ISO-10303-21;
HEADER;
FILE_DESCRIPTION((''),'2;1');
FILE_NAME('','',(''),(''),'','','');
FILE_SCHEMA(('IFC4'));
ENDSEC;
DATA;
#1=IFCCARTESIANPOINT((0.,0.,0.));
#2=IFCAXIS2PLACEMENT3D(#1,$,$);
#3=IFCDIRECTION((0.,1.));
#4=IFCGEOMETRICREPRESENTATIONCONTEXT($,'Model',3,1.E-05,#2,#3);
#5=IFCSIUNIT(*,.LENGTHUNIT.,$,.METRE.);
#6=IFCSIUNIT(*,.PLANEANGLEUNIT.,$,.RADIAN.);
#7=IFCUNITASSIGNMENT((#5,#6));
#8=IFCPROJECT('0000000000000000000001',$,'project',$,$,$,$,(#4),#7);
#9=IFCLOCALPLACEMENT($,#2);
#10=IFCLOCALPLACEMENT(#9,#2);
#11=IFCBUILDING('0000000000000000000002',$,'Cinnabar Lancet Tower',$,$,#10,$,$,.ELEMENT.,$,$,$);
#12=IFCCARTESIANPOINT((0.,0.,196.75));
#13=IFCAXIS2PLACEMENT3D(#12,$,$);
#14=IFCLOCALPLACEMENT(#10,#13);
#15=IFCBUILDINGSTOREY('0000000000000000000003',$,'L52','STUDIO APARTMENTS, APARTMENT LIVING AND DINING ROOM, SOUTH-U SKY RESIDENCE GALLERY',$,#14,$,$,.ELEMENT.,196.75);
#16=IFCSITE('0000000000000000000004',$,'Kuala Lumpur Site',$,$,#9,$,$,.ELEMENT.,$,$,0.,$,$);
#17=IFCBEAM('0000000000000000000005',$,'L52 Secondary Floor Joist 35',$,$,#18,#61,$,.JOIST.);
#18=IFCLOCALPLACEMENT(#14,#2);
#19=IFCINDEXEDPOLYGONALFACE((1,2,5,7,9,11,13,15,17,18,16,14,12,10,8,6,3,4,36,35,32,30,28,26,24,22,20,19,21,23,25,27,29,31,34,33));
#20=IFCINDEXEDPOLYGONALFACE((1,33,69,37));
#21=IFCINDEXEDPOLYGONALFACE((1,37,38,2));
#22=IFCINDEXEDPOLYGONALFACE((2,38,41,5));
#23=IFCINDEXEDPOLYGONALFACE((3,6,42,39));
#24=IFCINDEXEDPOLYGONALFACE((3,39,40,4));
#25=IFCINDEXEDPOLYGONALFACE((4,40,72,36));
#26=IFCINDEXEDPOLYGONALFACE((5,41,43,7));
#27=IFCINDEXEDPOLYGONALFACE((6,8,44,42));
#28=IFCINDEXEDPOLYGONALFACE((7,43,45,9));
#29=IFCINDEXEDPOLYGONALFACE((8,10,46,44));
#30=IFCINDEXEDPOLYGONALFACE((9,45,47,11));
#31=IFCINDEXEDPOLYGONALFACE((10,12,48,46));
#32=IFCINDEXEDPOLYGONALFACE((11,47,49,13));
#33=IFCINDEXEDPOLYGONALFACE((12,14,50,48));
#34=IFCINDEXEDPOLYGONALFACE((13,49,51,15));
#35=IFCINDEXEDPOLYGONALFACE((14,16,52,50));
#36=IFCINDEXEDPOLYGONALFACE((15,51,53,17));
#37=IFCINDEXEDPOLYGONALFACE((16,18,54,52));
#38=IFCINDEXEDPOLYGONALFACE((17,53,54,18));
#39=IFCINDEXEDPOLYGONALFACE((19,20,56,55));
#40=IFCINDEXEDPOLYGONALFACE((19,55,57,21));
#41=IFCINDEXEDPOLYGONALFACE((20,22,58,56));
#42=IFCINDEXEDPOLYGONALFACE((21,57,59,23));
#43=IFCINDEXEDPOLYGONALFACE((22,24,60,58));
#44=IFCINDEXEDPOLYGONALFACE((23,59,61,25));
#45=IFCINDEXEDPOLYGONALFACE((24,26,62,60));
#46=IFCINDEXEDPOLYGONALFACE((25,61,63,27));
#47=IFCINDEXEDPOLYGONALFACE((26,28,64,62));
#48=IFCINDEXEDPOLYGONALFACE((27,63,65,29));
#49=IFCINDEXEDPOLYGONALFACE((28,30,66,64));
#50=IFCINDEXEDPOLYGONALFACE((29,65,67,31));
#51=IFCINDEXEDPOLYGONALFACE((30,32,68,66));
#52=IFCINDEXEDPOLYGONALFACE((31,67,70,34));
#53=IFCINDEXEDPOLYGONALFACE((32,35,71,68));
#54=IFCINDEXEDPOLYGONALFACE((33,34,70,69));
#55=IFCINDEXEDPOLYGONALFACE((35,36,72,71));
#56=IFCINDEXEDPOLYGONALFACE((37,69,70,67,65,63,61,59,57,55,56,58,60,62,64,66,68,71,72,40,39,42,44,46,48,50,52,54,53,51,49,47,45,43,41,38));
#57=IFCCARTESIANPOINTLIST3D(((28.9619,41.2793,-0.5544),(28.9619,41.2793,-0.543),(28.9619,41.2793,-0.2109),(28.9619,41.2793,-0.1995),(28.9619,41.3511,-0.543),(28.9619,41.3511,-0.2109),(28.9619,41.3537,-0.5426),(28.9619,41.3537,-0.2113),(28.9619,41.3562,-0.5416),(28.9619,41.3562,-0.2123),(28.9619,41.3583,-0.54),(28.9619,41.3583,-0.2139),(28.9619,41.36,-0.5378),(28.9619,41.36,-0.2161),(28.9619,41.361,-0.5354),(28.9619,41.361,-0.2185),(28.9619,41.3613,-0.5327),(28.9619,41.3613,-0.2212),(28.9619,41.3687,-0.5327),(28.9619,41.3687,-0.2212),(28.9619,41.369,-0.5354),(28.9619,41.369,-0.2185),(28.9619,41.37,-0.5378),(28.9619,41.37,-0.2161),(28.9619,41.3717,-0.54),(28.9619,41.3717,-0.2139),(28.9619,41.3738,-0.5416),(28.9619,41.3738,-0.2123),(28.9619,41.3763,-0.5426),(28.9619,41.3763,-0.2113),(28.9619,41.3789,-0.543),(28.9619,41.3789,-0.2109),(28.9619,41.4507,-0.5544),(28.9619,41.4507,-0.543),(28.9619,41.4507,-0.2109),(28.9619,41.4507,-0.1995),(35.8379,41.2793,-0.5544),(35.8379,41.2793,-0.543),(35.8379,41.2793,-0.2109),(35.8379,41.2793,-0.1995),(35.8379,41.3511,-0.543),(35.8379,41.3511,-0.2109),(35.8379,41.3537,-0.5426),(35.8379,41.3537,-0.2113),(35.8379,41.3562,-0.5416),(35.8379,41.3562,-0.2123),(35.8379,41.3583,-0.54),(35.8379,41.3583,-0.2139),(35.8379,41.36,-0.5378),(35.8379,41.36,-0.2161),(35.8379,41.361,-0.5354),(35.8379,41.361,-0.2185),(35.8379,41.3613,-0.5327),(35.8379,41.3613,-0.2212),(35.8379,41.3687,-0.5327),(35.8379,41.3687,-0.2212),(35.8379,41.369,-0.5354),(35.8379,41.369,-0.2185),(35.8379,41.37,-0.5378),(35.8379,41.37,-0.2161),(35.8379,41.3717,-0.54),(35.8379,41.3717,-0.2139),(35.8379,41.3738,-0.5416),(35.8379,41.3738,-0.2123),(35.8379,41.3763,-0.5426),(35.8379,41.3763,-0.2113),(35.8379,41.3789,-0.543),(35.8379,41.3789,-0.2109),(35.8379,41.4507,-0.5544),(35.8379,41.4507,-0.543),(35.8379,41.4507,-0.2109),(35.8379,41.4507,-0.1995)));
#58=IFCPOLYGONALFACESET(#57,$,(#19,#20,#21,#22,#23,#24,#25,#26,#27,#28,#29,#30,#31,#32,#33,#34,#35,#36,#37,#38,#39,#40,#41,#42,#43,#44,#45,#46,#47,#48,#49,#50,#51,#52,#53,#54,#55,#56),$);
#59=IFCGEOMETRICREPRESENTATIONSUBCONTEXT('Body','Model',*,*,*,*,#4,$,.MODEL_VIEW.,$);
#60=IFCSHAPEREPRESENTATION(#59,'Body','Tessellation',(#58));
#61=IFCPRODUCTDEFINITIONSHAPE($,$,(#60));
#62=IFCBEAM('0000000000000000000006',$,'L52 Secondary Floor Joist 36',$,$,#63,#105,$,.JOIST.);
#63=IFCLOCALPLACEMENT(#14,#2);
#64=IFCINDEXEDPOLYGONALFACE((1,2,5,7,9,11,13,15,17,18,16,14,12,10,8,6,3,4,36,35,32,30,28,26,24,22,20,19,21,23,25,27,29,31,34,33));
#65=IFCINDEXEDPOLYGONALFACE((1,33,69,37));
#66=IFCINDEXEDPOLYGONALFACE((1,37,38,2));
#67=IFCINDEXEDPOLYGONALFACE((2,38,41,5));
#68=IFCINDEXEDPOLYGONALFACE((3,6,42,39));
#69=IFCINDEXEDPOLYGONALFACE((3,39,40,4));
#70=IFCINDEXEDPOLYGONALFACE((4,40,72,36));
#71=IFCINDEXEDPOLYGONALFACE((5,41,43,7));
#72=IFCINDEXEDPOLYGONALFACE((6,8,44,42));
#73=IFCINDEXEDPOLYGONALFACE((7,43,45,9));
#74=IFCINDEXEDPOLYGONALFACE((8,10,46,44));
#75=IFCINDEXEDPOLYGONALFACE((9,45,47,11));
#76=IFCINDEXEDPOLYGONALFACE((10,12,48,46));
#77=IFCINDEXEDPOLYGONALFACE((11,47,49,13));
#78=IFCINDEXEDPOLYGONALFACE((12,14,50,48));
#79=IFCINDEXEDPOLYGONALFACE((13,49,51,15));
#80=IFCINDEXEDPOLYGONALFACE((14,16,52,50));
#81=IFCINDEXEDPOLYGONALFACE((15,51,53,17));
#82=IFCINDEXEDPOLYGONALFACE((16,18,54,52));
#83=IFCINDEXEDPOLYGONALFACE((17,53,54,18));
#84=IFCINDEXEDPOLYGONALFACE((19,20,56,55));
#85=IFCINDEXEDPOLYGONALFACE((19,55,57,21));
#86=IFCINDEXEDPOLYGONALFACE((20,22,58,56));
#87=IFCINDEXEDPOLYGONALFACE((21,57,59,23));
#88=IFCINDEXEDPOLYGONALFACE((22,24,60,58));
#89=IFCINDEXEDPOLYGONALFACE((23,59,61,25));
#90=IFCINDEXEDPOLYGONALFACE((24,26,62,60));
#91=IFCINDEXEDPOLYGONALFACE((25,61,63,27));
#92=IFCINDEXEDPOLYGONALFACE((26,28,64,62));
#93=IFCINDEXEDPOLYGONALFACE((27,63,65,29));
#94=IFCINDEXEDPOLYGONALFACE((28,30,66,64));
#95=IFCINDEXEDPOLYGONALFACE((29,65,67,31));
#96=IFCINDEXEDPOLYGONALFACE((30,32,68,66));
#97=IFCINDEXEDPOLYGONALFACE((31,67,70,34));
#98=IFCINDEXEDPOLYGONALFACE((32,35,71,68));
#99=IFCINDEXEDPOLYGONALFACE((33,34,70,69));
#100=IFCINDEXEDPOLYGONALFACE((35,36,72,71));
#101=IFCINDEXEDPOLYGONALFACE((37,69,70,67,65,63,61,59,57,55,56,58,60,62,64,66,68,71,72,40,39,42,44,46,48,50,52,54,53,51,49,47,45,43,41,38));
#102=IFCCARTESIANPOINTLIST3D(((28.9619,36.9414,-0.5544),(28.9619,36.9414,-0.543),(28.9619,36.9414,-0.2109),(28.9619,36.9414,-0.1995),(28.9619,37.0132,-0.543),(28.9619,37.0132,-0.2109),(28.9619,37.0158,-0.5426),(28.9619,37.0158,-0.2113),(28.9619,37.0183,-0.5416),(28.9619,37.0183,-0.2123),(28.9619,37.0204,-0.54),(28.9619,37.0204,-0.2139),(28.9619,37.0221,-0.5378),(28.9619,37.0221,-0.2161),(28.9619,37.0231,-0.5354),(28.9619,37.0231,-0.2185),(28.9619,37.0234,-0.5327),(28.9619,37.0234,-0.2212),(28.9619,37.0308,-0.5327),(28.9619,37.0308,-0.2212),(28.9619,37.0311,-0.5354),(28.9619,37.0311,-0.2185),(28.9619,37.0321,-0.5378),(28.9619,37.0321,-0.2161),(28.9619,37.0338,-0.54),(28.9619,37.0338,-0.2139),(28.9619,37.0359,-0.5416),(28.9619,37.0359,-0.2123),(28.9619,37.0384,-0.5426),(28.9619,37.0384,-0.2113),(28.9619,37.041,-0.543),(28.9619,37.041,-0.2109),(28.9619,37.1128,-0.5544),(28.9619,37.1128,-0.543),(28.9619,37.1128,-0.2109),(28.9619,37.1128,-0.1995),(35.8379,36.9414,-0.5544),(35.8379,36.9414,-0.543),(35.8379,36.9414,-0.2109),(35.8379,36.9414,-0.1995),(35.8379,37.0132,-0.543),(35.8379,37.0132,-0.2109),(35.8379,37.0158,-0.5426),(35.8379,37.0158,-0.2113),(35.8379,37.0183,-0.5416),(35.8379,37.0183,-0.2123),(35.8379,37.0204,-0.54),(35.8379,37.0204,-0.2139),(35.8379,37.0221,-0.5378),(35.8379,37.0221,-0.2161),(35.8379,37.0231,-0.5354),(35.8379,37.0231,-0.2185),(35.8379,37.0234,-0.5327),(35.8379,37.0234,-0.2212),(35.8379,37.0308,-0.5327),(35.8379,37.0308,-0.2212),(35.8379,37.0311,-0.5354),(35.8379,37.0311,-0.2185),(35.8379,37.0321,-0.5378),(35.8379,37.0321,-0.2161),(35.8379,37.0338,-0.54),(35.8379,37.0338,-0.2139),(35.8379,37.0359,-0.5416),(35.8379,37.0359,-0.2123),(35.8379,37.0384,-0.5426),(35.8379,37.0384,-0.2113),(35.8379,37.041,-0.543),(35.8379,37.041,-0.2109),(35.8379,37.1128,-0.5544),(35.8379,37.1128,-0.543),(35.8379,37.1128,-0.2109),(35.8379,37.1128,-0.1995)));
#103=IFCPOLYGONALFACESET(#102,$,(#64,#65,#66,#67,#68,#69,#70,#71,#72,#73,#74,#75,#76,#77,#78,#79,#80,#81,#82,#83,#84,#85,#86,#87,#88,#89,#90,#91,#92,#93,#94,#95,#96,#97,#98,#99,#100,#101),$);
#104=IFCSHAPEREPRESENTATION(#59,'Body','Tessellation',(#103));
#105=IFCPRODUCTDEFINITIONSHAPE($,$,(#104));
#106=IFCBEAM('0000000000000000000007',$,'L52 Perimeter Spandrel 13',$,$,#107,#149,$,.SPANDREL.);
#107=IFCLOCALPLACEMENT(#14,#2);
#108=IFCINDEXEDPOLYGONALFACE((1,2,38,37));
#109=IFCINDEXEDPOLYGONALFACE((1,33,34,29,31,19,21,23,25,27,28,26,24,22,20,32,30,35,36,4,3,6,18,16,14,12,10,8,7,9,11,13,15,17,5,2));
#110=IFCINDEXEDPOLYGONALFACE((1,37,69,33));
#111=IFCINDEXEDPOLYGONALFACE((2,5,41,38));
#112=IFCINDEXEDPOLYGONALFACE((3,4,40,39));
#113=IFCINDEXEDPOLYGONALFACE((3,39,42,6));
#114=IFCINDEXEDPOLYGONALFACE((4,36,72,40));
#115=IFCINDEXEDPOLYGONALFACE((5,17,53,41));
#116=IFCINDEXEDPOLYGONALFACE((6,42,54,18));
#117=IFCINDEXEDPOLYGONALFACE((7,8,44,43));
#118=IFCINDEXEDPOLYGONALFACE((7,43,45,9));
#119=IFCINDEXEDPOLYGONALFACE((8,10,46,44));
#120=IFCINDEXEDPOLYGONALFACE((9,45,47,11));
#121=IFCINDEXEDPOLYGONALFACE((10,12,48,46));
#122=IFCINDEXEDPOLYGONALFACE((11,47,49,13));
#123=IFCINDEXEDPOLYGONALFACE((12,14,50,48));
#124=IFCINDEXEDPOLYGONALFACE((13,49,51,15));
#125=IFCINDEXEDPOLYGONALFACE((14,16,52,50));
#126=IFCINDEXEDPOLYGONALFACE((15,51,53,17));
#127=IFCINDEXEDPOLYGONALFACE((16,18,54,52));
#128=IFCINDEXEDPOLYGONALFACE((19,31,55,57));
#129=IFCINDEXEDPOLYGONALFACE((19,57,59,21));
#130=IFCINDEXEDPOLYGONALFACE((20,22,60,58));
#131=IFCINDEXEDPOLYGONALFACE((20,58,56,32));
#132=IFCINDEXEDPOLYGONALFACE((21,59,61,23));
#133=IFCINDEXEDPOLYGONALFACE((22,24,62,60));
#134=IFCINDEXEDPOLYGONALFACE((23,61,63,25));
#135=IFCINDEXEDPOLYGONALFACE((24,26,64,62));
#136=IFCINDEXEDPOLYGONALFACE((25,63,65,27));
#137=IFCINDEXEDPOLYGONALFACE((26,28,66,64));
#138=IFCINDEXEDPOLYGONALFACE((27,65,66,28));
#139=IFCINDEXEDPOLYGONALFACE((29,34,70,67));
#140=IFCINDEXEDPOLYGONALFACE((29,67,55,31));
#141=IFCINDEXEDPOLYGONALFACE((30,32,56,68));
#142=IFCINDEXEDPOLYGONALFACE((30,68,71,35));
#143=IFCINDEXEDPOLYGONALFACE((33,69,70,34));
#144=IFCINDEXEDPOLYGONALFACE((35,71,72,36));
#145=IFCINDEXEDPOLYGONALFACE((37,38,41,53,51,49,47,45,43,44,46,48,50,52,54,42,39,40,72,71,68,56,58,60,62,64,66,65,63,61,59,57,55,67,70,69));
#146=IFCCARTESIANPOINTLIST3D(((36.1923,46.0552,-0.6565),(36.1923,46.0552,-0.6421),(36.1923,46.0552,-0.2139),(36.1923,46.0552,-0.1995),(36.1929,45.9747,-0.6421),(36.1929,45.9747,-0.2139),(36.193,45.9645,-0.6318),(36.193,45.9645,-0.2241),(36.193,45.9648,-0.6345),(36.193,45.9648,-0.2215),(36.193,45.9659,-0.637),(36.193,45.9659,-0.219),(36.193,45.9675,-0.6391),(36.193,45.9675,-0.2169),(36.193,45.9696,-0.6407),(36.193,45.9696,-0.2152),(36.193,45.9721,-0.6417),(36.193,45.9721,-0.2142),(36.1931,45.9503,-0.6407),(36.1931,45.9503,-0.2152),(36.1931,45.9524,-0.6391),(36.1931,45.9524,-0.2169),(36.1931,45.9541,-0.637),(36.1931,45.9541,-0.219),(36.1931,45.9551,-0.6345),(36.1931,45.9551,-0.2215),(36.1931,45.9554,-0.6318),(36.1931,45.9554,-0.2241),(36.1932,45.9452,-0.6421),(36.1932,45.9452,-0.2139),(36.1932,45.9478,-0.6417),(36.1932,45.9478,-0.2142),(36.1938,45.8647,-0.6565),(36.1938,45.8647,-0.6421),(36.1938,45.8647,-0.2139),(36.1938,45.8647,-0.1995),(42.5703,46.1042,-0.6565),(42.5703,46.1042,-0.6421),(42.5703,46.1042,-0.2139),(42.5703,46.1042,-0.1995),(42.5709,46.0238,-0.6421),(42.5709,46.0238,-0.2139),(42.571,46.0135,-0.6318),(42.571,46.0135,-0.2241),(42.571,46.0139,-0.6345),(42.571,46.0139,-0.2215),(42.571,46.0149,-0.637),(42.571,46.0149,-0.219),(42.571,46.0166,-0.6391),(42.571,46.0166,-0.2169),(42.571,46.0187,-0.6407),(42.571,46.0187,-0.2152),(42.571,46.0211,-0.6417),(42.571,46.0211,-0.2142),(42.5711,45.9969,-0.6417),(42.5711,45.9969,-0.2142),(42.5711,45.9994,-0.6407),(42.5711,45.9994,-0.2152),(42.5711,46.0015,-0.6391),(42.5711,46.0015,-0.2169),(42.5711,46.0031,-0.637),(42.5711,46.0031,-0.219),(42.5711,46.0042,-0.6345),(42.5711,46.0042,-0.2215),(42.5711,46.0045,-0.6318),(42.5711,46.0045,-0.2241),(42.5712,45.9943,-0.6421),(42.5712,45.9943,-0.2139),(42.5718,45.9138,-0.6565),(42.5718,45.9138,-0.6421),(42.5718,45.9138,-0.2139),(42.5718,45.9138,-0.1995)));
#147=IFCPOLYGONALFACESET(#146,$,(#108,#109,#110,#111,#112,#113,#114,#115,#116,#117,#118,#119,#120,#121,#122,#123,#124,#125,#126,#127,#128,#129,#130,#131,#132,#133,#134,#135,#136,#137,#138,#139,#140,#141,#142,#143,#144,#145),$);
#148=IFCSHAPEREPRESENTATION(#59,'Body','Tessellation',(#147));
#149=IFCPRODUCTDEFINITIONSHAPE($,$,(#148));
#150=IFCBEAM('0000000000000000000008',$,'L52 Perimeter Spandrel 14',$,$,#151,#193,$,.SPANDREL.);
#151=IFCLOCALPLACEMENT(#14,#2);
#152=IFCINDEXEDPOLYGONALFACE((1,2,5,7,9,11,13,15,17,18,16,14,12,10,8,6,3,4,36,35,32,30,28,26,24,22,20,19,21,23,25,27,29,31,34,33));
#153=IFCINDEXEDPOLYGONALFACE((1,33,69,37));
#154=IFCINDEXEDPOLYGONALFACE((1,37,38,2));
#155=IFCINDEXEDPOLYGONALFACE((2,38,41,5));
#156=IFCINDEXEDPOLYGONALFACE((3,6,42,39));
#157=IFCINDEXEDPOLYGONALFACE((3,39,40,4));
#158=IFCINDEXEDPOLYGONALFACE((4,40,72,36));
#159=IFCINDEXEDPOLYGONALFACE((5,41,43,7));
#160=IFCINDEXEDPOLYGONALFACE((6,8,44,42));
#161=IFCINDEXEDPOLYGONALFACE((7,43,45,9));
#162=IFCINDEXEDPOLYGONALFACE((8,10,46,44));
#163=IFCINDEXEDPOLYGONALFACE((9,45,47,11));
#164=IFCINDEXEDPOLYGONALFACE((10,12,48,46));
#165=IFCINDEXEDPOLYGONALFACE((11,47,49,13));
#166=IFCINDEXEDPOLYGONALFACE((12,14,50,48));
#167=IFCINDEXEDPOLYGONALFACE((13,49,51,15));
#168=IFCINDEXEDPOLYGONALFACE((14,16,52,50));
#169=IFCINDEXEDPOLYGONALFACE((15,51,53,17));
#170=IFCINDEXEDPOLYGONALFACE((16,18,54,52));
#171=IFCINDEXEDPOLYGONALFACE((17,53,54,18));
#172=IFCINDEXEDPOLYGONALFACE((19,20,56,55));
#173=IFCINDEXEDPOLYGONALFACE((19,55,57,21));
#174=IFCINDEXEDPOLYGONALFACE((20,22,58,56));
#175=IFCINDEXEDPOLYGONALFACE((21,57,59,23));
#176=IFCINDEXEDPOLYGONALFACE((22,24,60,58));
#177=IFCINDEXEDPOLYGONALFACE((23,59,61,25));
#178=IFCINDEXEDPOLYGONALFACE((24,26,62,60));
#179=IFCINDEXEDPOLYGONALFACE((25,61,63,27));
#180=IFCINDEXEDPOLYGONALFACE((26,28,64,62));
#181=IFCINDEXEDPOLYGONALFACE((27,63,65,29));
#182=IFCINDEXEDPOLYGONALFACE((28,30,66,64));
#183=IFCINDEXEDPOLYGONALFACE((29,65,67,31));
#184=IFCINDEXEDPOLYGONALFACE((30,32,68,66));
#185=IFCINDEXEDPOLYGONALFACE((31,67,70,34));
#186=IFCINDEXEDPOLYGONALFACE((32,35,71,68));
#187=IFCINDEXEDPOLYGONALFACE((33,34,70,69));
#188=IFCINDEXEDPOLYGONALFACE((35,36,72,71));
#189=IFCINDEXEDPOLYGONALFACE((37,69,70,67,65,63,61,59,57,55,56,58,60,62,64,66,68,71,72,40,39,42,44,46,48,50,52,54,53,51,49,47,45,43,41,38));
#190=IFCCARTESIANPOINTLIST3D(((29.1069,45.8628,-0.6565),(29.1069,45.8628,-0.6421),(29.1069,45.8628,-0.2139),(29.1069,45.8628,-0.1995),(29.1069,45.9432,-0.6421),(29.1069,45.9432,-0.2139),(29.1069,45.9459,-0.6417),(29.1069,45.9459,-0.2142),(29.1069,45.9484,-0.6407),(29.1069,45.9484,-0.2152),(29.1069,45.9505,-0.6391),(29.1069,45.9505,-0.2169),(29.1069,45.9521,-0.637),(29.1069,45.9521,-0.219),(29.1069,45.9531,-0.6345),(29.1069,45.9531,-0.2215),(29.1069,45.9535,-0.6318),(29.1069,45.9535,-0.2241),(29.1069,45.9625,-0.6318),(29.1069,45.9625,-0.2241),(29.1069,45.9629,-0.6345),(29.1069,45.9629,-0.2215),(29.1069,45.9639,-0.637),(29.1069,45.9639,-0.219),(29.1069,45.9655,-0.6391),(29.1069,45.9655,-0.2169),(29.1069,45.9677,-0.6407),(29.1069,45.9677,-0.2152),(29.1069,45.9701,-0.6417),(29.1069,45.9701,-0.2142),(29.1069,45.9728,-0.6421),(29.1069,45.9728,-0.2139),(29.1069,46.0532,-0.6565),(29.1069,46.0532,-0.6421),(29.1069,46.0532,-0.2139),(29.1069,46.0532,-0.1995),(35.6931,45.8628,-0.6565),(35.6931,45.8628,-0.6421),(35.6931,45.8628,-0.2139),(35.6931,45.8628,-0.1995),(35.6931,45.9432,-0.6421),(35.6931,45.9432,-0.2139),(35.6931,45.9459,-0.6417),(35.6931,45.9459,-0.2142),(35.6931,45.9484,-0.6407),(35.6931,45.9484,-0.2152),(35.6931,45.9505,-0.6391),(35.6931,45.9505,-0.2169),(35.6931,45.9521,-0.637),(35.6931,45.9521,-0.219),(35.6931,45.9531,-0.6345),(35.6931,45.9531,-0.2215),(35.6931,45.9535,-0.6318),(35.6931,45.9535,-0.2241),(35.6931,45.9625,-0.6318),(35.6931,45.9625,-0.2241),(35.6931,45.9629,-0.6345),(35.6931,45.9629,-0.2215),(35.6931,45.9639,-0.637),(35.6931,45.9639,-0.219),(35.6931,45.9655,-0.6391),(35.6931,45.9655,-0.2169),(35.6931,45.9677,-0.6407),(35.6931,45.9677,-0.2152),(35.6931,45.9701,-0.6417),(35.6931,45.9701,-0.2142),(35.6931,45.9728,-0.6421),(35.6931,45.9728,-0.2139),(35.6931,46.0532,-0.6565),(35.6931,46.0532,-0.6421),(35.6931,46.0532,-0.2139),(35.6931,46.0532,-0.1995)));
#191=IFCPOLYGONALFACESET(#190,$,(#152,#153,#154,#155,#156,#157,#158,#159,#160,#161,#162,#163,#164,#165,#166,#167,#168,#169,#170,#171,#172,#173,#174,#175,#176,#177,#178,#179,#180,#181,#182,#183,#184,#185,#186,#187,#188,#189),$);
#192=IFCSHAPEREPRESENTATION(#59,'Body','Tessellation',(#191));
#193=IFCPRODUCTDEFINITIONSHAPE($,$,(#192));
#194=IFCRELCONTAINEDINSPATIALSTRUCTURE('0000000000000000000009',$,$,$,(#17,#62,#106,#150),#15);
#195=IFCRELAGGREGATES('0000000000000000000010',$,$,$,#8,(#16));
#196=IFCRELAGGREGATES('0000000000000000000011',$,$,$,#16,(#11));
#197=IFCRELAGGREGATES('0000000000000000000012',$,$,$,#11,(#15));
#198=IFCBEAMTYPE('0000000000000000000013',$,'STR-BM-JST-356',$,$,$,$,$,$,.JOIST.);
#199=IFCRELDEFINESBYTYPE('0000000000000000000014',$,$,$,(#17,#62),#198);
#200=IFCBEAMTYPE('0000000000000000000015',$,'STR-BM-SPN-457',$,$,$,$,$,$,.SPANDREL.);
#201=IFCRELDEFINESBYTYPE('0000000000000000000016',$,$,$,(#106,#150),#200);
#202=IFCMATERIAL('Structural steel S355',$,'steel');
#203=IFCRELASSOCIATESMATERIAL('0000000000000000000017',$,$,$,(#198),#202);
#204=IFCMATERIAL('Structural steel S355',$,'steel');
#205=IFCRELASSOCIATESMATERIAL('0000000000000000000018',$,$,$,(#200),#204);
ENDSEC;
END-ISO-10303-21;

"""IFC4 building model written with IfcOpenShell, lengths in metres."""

from ifc_helpers import new_model, si_unit, direction, frame, origin, origin_2d, place, context, subcontext, project, spatial, i_section, extrude, material, material_profile, profile_set, type_object, element, save


model = new_model("IFC4")

# Units and contexts
model_context = context("Model", 3, precision=1e-05, world=origin(), true_north=direction((0.0, 1.0)))
body_context = subcontext(model_context, "Body", "Model", "MODEL_VIEW")
ifc_project = project(units=[si_unit("LENGTHUNIT", "METRE"), si_unit("PLANEANGLEUNIT", "RADIAN")], contexts=[model_context])

# Site, building, storey
site_placement = place(None, origin())
site = spatial("IfcSite", under=ifc_project, at=site_placement, Name="Kuala Lumpur Site", CompositionType="ELEMENT", RefElevation=0.0)
building_placement = place(site_placement, origin())
building = spatial("IfcBuilding", under=site, at=building_placement, Name="Cinnabar Lancet Tower", CompositionType="ELEMENT")
storey_placement = place(building_placement, frame((0.0, 0.0, 196.75)))
storey = spatial("IfcBuildingStorey", under=building, at=storey_placement, Name="L52", Description="STUDIO APARTMENTS, APARTMENT LIVING AND DINING ROOM, SOUTH-U SKY RESIDENCE GALLERY", CompositionType="ELEMENT", Elevation=196.75)

# Beams
ifc_material_1 = material(Name="Structural steel S355", Category="steel")
ifc_material_profile_1 = material_profile(ifc_material_1, i_section(OverallWidth=0.1714, OverallDepth=0.355, WebThickness=0.0073, FlangeThickness=0.0115, FilletRadius=0.0103, at=origin_2d()), Name="UKB 356x171x51")
ifc_profile_set_1 = profile_set([ifc_material_profile_1], Name="Structural steel S355")
beam_type_1 = type_object("IfcBeamType", Name="STR-BM-JST-356", PredefinedType="JOIST", material=ifc_profile_set_1)
for number, where, z_axis, x_axis, name in (
    (1, (35.8379, 41.365, -0.377), (-1.0, 0.0, 0.0), (0.0, -1.0, 0.0), "L52 Secondary Floor Joist 35"),
    (2, (35.8379, 37.0271, -0.377), (-1.0, 0.0, 0.0), (0.0, -1.0, 0.0), "L52 Secondary Floor Joist 36"),
):
    element("IfcBeam", number, at=place(storey_placement, frame(where, z_axis=z_axis, x_axis=x_axis)), inside=storey, type_object=beam_type_1, Name=name, PredefinedType="JOIST", context=body_context, shape_type="SweptSolid", body=[
        extrude(i_section(OverallWidth=0.1714, OverallDepth=0.355, WebThickness=0.0073, FlangeThickness=0.0115, FilletRadius=0.0103, at=origin_2d()), origin(), (0.0, 0.0, 1.0), 6.876),
    ])
ifc_material_2 = material(Name="Structural steel S355", Category="steel")
ifc_material_profile_2 = material_profile(ifc_material_2, i_section(OverallWidth=0.1904, OverallDepth=0.457, WebThickness=0.009, FlangeThickness=0.0144, FilletRadius=0.0103, at=origin_2d()), Name="UKB 457x191x74")
ifc_profile_set_2 = profile_set([ifc_material_profile_2], Name="Structural steel S355")
beam_type_2 = type_object("IfcBeamType", Name="STR-BM-SPN-457", PredefinedType="SPANDREL", material=ifc_profile_set_2)
beam_1_placement = place(storey_placement, frame((42.571, 46.009, -0.428), z_axis=(-0.99997, -0.007694, 0.0), x_axis=(0.007694, -0.99997, 0.0)))
element("IfcBeam", 3, at=beam_1_placement, inside=storey, type_object=beam_type_2, Name="L52 Perimeter Spandrel 13", PredefinedType="SPANDREL", context=body_context, shape_type="SweptSolid", body=[
    extrude(i_section(OverallWidth=0.1904, OverallDepth=0.457, WebThickness=0.009, FlangeThickness=0.0144, FilletRadius=0.0103, at=origin_2d()), origin(), (0.0, 0.0, 1.0), 6.3782),
])
beam_2_placement = place(storey_placement, frame((35.6931, 45.958, -0.428), z_axis=(-1.0, 0.0, 0.0), x_axis=(0.0, -1.0, 0.0)))
element("IfcBeam", 4, at=beam_2_placement, inside=storey, type_object=beam_type_2, Name="L52 Perimeter Spandrel 14", PredefinedType="SPANDREL", context=body_context, shape_type="SweptSolid", body=[
    extrude(i_section(OverallWidth=0.1904, OverallDepth=0.457, WebThickness=0.009, FlangeThickness=0.0144, FilletRadius=0.0103, at=origin_2d()), origin(), (0.0, 0.0, 1.0), 6.5862),
])

save(model, "model.ifc")
